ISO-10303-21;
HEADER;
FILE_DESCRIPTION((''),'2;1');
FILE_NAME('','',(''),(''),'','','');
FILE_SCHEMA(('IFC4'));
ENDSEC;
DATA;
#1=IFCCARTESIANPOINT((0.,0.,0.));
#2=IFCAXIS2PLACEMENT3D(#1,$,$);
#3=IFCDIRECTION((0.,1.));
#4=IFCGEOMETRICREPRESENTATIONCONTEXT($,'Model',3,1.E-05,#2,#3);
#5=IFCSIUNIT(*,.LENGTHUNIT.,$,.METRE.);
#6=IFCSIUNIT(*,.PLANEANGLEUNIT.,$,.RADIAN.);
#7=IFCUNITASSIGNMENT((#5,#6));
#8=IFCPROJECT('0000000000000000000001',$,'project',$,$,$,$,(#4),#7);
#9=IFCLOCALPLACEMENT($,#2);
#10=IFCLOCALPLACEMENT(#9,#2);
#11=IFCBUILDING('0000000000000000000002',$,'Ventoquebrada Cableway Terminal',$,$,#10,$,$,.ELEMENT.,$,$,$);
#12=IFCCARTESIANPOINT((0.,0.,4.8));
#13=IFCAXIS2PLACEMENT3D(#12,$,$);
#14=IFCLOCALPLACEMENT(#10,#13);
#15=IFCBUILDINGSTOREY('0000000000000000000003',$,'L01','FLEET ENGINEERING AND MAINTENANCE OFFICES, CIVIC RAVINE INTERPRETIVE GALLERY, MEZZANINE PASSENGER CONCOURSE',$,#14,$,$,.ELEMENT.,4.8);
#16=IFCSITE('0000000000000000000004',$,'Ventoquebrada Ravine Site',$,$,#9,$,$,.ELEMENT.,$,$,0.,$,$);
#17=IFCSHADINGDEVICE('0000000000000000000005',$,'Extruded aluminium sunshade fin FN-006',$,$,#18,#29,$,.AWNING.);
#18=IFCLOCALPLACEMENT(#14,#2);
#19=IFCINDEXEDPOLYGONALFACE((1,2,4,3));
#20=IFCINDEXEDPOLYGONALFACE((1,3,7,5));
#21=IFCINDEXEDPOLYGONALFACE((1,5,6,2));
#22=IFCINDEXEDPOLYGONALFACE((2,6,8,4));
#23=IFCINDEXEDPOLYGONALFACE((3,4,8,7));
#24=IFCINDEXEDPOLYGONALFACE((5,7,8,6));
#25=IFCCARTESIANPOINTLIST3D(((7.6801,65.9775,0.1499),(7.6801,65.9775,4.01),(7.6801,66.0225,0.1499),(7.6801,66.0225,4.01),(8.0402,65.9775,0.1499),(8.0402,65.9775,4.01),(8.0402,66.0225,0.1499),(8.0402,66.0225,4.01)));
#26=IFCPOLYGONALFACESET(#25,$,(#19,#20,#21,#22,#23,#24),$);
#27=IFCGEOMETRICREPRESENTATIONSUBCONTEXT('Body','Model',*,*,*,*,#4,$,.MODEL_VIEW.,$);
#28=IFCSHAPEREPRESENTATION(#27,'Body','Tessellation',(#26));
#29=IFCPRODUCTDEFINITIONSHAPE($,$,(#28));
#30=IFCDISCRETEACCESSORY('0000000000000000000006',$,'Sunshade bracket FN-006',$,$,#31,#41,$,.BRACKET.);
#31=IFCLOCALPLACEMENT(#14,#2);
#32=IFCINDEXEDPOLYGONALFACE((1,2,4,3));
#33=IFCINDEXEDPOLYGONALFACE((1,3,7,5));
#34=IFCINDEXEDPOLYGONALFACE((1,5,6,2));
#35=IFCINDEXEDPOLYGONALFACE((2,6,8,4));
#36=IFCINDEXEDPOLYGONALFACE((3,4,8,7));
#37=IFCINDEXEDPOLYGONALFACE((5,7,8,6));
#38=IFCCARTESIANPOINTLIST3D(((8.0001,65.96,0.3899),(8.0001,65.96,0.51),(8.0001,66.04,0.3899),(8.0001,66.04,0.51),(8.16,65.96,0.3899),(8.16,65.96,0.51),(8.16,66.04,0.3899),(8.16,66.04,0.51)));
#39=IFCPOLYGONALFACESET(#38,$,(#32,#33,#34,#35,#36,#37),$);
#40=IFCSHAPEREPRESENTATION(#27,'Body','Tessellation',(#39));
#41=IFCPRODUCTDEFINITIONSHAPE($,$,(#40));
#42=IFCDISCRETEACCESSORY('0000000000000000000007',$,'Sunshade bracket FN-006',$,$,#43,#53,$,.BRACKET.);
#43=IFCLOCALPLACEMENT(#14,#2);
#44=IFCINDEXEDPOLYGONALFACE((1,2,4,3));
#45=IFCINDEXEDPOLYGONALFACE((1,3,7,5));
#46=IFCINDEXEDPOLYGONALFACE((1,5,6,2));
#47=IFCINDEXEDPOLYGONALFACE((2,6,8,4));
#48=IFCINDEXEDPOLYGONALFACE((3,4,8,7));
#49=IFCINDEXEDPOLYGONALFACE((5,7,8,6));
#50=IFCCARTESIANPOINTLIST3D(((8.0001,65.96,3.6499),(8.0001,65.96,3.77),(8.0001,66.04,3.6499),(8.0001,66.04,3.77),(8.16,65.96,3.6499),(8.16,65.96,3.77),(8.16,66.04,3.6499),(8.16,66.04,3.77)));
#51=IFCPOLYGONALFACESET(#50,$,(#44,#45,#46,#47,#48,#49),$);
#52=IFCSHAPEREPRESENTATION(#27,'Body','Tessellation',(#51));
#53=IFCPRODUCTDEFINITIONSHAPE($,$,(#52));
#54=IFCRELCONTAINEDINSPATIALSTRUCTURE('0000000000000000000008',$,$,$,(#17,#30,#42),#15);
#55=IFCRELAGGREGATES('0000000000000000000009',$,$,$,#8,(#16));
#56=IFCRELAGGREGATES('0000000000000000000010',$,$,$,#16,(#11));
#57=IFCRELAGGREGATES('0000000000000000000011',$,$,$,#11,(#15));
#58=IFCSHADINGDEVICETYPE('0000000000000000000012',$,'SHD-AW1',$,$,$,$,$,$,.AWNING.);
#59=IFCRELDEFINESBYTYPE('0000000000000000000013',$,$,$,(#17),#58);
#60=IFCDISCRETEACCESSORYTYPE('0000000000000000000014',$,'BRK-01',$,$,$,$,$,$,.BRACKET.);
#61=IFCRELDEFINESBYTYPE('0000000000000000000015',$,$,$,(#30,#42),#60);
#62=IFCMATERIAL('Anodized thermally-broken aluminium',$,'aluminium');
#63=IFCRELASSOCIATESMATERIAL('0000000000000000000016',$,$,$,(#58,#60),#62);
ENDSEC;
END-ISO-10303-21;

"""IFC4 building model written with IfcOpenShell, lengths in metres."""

from ifc_helpers import new_model, si_unit, direction, frame, origin, origin_2d, place, context, subcontext, project, spatial, rectangle, extrude, material, type_object, element, save


model = new_model("IFC4")

# Units and contexts
model_context = context("Model", 3, precision=1e-05, world=origin(), true_north=direction((0.0, 1.0)))
body_context = subcontext(model_context, "Body", "Model", "MODEL_VIEW")
ifc_project = project(units=[si_unit("LENGTHUNIT", "METRE"), si_unit("PLANEANGLEUNIT", "RADIAN")], contexts=[model_context])

# Site, building, storey
site_placement = place(None, origin())
site = spatial("IfcSite", under=ifc_project, at=site_placement, Name="Ventoquebrada Ravine Site", CompositionType="ELEMENT", RefElevation=0.0)
building_placement = place(site_placement, origin())
building = spatial("IfcBuilding", under=site, at=building_placement, Name="Ventoquebrada Cableway Terminal", CompositionType="ELEMENT")
storey_placement = place(building_placement, frame((0.0, 0.0, 4.8)))
storey = spatial("IfcBuildingStorey", under=building, at=storey_placement, Name="L01", Description="FLEET ENGINEERING AND MAINTENANCE OFFICES, CIVIC RAVINE INTERPRETIVE GALLERY, MEZZANINE PASSENGER CONCOURSE", CompositionType="ELEMENT", Elevation=4.8)

# Shared definitions
ifc_material_1 = material(Name="Anodized thermally-broken aluminium", Category="aluminium")

# Shading device
shading_device_type = type_object("IfcShadingDeviceType", Name="SHD-AW1", PredefinedType="AWNING", material=ifc_material_1)
shading_device_placement = place(storey_placement, frame((7.8601, 66.0, 0.1499), z_axis=(0.0, 0.0, 1.0), x_axis=(0.0, -1.0, 0.0)))
element("IfcShadingDevice", 1, at=shading_device_placement, inside=storey, type_object=shading_device_type, Name="Extruded aluminium sunshade fin FN-006", PredefinedType="AWNING", context=body_context, shape_type="SweptSolid", body=[
    extrude(rectangle(XDim=0.0449, YDim=0.3601, at=origin_2d()), origin(), (0.0, 0.0, 1.0), 3.8601),
])

# Discrete accessories
discrete_accessory_type = type_object("IfcDiscreteAccessoryType", Name="BRK-01", PredefinedType="BRACKET", material=ifc_material_1)
for number, where, z_axis, x_axis, name in (
    (2, (8.0801, 66.0, 0.3899), (0.0, 0.0, 1.0), (0.0, -1.0, 0.0), "Sunshade bracket FN-006"),
    (3, (8.0801, 66.0, 3.6499), (0.0, 0.0, 1.0), (0.0, -1.0, 0.0), "Sunshade bracket FN-006"),
):
    element("IfcDiscreteAccessory", number, at=place(storey_placement, frame(where, z_axis=z_axis, x_axis=x_axis)), inside=storey, type_object=discrete_accessory_type, Name=name, PredefinedType="BRACKET", context=body_context, shape_type="SweptSolid", body=[
        extrude(rectangle(XDim=0.0801, YDim=0.1599, at=origin_2d()), origin(), (0.0, 0.0, 1.0), 0.1201),
    ])

save(model, "model.ifc")
